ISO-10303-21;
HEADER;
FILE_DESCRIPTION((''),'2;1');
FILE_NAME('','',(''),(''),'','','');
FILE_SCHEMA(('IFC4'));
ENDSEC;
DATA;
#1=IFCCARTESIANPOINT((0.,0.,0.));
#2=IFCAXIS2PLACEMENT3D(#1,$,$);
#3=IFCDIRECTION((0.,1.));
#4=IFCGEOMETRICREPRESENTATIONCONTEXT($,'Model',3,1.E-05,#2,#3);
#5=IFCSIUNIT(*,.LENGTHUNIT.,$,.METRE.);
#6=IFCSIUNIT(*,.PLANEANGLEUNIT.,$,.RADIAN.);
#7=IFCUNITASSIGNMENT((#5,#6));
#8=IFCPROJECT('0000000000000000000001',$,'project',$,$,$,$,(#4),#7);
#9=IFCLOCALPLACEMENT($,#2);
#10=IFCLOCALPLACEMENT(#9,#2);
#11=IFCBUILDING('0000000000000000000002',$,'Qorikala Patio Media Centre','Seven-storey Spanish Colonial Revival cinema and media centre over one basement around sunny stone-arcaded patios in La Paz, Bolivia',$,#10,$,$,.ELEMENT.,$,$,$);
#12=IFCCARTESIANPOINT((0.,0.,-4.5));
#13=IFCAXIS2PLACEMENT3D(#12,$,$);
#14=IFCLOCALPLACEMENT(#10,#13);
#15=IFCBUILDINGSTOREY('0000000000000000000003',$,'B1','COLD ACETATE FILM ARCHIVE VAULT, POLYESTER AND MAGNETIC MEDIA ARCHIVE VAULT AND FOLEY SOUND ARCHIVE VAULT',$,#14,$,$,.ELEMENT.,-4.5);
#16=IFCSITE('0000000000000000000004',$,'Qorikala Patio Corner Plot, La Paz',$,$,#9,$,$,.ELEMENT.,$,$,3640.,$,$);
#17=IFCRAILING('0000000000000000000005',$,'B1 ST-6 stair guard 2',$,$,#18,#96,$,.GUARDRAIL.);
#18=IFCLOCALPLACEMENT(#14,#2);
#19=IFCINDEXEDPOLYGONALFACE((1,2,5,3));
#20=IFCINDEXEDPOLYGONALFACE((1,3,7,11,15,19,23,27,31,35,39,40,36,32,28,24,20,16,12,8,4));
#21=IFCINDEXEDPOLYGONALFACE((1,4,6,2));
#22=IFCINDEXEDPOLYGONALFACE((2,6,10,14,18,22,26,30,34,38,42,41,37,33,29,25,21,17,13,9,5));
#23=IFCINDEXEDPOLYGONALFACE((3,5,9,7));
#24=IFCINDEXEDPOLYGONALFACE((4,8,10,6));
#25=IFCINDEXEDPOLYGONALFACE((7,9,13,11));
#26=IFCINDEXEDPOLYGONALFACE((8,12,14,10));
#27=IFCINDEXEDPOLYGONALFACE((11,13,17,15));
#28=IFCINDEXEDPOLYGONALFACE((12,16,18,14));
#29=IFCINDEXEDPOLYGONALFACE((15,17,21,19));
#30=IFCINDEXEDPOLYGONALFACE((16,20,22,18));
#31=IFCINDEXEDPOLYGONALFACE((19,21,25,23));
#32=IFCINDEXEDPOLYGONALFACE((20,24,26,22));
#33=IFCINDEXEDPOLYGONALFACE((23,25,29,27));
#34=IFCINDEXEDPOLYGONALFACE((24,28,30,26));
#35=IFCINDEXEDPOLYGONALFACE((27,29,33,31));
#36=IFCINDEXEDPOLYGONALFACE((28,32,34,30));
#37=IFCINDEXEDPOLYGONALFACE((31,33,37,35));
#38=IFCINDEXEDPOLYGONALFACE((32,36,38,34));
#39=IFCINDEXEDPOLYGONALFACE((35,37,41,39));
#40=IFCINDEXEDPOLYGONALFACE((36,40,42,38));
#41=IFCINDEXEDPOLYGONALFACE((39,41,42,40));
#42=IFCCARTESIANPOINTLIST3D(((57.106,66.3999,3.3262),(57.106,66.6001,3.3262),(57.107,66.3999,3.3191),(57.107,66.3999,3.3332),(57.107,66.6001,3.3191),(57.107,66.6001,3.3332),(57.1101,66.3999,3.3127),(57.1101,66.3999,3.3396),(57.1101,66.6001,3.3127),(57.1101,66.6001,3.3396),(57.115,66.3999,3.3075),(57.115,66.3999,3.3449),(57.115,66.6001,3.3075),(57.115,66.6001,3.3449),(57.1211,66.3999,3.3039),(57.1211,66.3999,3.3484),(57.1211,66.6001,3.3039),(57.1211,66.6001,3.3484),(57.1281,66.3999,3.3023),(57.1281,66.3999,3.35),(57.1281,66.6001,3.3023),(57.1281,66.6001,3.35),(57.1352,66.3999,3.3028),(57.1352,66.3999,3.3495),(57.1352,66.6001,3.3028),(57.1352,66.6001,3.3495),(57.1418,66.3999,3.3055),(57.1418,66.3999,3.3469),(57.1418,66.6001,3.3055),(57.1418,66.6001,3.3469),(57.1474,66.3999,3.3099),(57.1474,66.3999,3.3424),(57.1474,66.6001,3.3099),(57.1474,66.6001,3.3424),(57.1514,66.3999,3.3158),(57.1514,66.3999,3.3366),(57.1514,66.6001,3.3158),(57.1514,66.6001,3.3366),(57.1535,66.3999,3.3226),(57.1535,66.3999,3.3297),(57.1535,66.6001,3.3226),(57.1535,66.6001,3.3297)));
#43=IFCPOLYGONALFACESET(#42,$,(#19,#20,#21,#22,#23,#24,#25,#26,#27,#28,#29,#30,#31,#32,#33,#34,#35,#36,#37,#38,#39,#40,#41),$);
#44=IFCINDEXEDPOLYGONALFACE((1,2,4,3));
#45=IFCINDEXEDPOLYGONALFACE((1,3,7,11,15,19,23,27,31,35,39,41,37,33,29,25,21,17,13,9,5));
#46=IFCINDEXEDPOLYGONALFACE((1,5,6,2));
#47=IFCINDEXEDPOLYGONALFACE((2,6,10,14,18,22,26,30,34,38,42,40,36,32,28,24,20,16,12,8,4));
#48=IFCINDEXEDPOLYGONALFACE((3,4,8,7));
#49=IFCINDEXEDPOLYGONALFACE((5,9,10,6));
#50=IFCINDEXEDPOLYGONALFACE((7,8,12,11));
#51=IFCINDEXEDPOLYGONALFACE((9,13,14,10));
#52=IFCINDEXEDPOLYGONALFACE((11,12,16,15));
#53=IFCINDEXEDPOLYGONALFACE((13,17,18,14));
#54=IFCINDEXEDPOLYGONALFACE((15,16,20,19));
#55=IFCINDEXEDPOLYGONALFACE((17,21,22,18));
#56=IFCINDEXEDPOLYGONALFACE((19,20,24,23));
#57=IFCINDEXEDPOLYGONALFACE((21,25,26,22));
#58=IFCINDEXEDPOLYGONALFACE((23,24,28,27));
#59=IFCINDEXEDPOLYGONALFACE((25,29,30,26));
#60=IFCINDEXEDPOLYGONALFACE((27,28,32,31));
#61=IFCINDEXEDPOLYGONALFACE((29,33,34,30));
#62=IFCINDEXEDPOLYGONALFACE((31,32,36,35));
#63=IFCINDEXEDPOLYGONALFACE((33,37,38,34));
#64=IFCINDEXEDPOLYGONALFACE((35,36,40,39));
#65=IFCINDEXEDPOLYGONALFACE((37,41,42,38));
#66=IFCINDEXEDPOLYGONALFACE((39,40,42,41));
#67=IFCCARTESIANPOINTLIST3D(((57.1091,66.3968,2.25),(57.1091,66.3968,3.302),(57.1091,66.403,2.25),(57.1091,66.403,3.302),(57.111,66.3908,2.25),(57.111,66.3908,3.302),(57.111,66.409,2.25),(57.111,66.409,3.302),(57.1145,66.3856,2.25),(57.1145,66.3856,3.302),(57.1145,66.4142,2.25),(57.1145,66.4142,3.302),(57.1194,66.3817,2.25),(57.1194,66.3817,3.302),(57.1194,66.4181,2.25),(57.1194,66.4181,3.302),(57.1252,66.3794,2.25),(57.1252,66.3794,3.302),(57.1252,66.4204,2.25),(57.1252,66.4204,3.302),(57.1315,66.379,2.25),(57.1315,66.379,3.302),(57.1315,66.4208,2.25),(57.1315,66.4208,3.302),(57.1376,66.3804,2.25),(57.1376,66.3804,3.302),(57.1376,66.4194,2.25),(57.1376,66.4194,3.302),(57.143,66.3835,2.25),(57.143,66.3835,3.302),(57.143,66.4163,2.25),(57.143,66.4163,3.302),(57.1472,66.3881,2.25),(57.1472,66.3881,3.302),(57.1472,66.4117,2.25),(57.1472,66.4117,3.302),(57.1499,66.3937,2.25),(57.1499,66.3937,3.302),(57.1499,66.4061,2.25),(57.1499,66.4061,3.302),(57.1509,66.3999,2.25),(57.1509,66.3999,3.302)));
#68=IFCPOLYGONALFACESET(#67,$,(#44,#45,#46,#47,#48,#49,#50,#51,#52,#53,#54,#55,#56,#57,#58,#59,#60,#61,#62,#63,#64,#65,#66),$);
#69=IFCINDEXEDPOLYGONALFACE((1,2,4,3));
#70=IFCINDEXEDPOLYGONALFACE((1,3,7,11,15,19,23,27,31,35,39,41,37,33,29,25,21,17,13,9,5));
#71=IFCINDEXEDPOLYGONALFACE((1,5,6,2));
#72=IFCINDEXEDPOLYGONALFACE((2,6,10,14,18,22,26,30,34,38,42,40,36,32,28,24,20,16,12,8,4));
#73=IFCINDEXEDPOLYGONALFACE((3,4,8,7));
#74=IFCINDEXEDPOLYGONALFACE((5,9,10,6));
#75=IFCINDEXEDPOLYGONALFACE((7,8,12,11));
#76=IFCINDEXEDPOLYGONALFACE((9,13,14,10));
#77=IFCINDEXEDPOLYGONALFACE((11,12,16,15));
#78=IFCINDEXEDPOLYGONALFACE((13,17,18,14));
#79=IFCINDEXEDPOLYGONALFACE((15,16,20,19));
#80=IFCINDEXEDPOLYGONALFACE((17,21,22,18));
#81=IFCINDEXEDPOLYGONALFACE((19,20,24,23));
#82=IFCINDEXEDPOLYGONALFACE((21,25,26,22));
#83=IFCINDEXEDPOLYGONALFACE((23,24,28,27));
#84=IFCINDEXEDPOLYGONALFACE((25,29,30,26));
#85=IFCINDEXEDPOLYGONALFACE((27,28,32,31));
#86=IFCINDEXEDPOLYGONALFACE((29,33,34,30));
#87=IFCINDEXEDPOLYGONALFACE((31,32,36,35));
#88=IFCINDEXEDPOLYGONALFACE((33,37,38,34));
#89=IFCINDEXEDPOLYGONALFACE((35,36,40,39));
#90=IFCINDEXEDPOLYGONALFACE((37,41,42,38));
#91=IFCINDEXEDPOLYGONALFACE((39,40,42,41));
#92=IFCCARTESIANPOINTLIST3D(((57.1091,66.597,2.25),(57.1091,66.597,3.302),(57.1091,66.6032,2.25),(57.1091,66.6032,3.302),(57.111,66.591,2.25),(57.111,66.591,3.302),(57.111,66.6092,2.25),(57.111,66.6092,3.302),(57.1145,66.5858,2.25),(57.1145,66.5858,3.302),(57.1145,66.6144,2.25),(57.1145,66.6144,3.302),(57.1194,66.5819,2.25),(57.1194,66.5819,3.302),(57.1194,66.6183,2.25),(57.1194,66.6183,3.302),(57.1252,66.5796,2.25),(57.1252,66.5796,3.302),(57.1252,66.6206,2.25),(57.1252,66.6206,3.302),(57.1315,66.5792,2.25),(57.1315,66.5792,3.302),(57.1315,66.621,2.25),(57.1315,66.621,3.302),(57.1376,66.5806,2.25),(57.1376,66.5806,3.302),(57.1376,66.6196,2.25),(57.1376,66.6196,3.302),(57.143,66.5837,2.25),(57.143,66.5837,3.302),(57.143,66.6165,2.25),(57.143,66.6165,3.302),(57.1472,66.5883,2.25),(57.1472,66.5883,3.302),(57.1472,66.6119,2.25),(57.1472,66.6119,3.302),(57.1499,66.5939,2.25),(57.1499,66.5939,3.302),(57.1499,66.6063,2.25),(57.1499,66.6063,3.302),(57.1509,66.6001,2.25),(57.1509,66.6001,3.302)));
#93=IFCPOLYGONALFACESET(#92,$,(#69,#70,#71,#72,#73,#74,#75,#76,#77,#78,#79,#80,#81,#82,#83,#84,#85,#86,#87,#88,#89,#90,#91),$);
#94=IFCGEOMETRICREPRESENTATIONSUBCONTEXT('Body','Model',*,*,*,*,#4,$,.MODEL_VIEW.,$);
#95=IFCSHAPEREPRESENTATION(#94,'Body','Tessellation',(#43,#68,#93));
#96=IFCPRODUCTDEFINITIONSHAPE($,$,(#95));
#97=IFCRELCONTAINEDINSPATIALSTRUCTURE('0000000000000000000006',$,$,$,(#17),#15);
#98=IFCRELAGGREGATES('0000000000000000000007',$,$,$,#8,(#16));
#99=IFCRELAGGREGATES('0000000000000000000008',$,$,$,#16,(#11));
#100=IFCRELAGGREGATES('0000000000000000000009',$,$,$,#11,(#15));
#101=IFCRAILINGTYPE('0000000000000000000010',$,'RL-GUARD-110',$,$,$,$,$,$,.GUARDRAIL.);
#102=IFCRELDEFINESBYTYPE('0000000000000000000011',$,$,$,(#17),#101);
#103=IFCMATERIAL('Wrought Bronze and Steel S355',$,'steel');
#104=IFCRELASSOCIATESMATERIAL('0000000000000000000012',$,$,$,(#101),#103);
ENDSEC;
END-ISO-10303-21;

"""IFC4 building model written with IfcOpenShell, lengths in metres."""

from ifc_helpers import new_model, si_unit, direction, frame, origin, origin_2d, place, context, subcontext, project, spatial, circle, extrude, material, type_object, element, save


model = new_model("IFC4")

# Units and contexts
model_context = context("Model", 3, precision=1e-05, world=origin(), true_north=direction((0.0, 1.0)))
body_context = subcontext(model_context, "Body", "Model", "MODEL_VIEW")
ifc_project = project(units=[si_unit("LENGTHUNIT", "METRE"), si_unit("PLANEANGLEUNIT", "RADIAN")], contexts=[model_context])

# Site, building, storey
site_placement = place(None, origin())
site = spatial("IfcSite", under=ifc_project, at=site_placement, Name="Qorikala Patio Corner Plot, La Paz", CompositionType="ELEMENT", RefElevation=3640.0)
building_placement = place(site_placement, origin())
building = spatial("IfcBuilding", under=site, at=building_placement, Name="Qorikala Patio Media Centre", Description="Seven-storey Spanish Colonial Revival cinema and media centre over one basement around sunny stone-arcaded patios in La Paz, Bolivia", CompositionType="ELEMENT")
storey_placement = place(building_placement, frame((0.0, 0.0, -4.5)))
storey = spatial("IfcBuildingStorey", under=building, at=storey_placement, Name="B1", Description="COLD ACETATE FILM ARCHIVE VAULT, POLYESTER AND MAGNETIC MEDIA ARCHIVE VAULT AND FOLEY SOUND ARCHIVE VAULT", CompositionType="ELEMENT", Elevation=-4.5)

# Railing
ifc_material_1 = material(Name="Wrought Bronze and Steel S355", Category="steel")
railing_type_1 = type_object("IfcRailingType", Name="RL-GUARD-110", PredefinedType="GUARDRAIL", material=ifc_material_1)
railing_1_placement = place(storey_placement, frame((57.1299, 66.3999, 2.25)))
element("IfcRailing", 1, at=railing_1_placement, inside=storey, type_object=railing_type_1, Name="B1 ST-6 stair guard 2", PredefinedType="GUARDRAIL", context=body_context, shape_type="SweptSolid", body=[
    extrude(circle(Radius=0.0239, at=origin_2d()), frame((0.0, 0.0, 1.0762), z_axis=(0.0, 1.0, 0.0), x_axis=(-1.0, 0.0, 0.0)), (0.0, 0.0, 1.0), 0.2002),
    extrude(circle(Radius=0.021, at=origin_2d()), origin(), (0.0, 0.0, 1.0), 1.052),
    extrude(circle(Radius=0.021, at=origin_2d()), frame((0.0, 0.2002, 0.0)), (0.0, 0.0, 1.0), 1.052),
])

save(model, "model.ifc")
